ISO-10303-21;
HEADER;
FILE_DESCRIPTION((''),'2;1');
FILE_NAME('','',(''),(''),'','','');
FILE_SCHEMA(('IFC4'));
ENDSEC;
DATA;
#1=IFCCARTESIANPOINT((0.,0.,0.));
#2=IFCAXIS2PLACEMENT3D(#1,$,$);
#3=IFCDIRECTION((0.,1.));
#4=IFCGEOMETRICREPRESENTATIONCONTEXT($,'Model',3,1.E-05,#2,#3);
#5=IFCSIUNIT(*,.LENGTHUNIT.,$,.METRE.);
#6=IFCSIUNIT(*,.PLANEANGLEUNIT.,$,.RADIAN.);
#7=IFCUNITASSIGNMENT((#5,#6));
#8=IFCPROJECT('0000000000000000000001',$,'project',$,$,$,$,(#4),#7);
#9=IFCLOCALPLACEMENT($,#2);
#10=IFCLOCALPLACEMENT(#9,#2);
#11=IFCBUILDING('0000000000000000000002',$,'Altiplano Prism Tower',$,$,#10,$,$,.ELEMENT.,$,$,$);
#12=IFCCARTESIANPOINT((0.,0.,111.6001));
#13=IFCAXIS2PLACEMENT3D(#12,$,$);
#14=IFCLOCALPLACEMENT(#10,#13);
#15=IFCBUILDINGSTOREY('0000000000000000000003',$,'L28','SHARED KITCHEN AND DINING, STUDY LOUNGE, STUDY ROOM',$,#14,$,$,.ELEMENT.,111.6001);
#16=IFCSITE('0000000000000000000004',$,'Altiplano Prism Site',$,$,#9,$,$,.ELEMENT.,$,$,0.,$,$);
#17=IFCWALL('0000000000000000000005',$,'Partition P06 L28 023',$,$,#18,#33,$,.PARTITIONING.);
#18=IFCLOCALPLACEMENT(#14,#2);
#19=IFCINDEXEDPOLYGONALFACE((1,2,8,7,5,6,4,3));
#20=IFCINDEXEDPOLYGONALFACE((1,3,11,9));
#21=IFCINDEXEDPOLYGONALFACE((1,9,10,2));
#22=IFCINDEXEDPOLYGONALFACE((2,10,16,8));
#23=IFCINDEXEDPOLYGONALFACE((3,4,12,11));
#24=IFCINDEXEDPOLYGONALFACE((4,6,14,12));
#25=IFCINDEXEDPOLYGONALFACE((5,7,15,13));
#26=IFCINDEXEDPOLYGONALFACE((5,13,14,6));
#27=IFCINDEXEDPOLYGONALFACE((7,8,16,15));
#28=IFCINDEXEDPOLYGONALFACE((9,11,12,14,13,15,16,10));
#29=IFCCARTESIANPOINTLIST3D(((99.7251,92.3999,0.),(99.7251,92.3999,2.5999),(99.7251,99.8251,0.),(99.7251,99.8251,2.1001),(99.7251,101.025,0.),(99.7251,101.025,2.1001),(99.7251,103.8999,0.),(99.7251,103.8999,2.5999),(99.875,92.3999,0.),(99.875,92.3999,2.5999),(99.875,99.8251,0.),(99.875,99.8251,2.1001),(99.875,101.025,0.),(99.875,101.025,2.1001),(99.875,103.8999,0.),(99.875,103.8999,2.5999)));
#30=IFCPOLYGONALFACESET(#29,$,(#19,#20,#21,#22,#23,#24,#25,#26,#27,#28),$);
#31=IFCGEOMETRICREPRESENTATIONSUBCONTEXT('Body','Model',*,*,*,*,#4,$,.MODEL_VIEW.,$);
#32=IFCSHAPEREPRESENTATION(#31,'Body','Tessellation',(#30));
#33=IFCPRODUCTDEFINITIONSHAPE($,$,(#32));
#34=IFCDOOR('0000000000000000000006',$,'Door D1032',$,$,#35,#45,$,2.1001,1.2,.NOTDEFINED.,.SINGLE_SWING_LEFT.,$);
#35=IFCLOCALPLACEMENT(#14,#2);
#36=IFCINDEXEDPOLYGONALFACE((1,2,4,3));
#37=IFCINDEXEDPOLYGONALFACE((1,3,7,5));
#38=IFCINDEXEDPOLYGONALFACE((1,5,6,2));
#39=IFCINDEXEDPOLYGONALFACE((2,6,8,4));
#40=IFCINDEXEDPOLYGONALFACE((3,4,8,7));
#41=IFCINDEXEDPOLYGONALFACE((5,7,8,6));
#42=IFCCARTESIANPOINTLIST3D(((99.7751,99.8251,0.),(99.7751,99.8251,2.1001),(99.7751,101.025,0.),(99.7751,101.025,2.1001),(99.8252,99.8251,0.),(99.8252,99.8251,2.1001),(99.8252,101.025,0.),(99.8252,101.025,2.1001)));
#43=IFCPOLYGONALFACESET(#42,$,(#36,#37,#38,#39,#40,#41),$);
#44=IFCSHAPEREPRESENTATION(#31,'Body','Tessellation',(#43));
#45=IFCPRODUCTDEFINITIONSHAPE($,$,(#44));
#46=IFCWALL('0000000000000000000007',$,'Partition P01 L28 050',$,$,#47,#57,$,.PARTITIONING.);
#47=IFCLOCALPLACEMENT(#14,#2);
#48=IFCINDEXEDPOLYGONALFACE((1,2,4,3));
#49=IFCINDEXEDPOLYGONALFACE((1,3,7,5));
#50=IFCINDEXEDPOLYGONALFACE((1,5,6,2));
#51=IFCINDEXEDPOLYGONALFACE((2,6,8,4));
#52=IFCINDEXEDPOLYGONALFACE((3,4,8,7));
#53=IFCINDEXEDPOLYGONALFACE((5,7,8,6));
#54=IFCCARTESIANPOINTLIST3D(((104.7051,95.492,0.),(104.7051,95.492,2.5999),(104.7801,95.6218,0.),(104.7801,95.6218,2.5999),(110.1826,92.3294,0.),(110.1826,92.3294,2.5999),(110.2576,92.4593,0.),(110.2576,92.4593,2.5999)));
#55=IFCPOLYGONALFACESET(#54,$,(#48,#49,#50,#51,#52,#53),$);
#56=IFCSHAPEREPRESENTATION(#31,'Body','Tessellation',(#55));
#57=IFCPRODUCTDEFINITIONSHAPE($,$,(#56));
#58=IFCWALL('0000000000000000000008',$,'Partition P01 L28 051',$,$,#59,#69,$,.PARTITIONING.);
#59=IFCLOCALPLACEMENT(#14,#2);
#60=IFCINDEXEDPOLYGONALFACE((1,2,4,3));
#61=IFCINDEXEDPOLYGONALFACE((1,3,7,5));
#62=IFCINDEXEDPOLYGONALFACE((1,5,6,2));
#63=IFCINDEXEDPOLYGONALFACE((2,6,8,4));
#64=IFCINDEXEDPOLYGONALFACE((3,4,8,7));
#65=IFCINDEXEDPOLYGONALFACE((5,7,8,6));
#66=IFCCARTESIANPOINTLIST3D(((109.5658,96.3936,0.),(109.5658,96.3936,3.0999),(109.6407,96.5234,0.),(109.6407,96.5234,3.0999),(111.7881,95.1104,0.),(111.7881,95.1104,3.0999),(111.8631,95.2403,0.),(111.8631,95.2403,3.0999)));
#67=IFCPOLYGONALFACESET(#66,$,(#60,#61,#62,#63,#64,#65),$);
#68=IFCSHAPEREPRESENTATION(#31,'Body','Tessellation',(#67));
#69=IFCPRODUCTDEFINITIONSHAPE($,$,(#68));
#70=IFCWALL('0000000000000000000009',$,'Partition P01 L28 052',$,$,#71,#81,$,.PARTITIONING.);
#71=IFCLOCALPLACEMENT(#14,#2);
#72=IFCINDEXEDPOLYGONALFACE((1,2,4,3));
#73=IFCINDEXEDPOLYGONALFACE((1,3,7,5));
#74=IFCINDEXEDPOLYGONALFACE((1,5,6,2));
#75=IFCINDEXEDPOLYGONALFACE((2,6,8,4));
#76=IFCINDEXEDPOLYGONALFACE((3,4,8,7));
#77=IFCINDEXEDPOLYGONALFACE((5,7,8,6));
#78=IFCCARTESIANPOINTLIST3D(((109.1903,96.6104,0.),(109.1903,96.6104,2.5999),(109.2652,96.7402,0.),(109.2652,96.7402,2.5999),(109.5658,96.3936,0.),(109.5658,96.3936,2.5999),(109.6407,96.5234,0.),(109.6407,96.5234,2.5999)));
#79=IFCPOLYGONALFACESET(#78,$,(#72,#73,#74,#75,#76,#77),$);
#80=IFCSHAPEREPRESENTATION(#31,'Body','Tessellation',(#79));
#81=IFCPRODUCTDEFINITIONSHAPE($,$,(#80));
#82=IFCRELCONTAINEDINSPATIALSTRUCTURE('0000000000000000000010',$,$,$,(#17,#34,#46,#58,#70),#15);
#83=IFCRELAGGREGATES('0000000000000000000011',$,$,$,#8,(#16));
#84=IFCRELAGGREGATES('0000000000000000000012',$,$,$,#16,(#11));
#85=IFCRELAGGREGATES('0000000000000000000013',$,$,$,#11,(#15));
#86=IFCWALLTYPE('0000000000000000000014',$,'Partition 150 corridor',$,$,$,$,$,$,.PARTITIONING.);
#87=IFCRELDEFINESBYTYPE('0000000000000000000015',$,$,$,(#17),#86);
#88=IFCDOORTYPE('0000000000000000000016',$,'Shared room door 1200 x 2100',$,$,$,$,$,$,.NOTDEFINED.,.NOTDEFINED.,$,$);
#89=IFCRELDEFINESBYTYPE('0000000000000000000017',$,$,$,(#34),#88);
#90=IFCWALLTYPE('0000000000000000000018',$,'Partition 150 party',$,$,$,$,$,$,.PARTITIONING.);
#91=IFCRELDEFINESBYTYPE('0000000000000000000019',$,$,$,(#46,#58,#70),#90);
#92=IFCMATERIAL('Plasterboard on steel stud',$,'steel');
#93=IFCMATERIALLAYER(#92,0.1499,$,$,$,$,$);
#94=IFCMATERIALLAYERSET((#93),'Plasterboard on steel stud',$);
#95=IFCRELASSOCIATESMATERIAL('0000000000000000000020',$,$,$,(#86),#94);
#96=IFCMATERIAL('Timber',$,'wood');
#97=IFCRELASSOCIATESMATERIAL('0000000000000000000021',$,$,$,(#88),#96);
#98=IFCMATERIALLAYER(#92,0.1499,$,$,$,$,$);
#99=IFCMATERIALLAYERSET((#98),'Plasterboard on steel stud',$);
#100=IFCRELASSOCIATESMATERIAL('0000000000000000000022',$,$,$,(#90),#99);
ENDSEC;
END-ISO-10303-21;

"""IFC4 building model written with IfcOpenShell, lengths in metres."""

from ifc_helpers import new_model, si_unit, direction, frame, frame_2d, origin, place, context, subcontext, project, spatial, rectangle, extrude, material, layer, layer_set, type_object, element, fill, save


model = new_model("IFC4")

# Units and contexts
model_context = context("Model", 3, precision=1e-05, world=origin(), true_north=direction((0.0, 1.0)))
body_context = subcontext(model_context, "Body", "Model", "MODEL_VIEW")
ifc_project = project(units=[si_unit("LENGTHUNIT", "METRE"), si_unit("PLANEANGLEUNIT", "RADIAN")], contexts=[model_context])

# Site, building, storey
site_placement = place(None, origin())
site = spatial("IfcSite", under=ifc_project, at=site_placement, Name="Altiplano Prism Site", CompositionType="ELEMENT", RefElevation=0.0)
building_placement = place(site_placement, origin())
building = spatial("IfcBuilding", under=site, at=building_placement, Name="Altiplano Prism Tower", CompositionType="ELEMENT")
storey_placement = place(building_placement, frame((0.0, 0.0, 111.6001)))
storey = spatial("IfcBuildingStorey", under=building, at=storey_placement, Name="L28", Description="SHARED KITCHEN AND DINING, STUDY LOUNGE, STUDY ROOM", CompositionType="ELEMENT", Elevation=111.6001)

# Shared definitions
ifc_material_1 = material(Name="Plasterboard on steel stud", Category="steel")
ifc_layer_1 = layer(ifc_material_1, 0.1499)
ifc_layer_set_1 = layer_set([ifc_layer_1], Name="Plasterboard on steel stud")
wall_type_1 = type_object("IfcWallType", Name="Partition 150 corridor", PredefinedType="PARTITIONING", material=ifc_layer_set_1)

# Wall, opening, door
wall_1_placement = place(storey_placement, frame((99.8, 92.3999, 0.0), z_axis=(0.0, 0.0, 1.0), x_axis=(0.0, 1.0, 0.0)))
wall_1 = element("IfcWall", 1, at=wall_1_placement, inside=storey, type_object=wall_type_1, Name="Partition P06 L28 023", PredefinedType="PARTITIONING", context=body_context, shape_type="SweptSolid", body=[
    extrude(rectangle(XDim=11.5, YDim=0.1499, at=frame_2d((5.75, 0.0))), origin(), (0.0, 0.0, 1.0), 2.5999),
])
opening_placement = place(wall_1_placement, frame((7.425, 0.0, 0.0)))
opening = element("IfcOpeningElement", 2, at=opening_placement, cuts=wall_1, PredefinedType="OPENING", context=body_context, shape_type="SweptSolid", body=[
    extrude(rectangle(XDim=1.2, YDim=2.1001, at=frame_2d((0.6001, 1.05))), frame((0.0, 0.0854, 0.0), z_axis=(0.0, -1.0, 0.0), x_axis=(1.0, 0.0, 0.0)), (0.0, 0.0, 1.0), 0.1709),
])
ifc_material_2 = material(Name="Timber", Category="wood")
door_type = type_object("IfcDoorType", Name="Shared room door 1200 x 2100", OperationType="NOTDEFINED", PredefinedType="NOTDEFINED", material=ifc_material_2)
door_placement = place(opening_placement, origin())
door = element("IfcDoor", 3, at=door_placement, inside=storey, type_object=door_type, Name="Door D1032", OperationType="SINGLE_SWING_LEFT", OverallHeight=2.1001, OverallWidth=1.2, PredefinedType="NOTDEFINED", context=body_context, shape_type="SweptSolid", body=[
    extrude(rectangle(XDim=1.2, YDim=2.1001, at=frame_2d((0.6001, 1.05))), frame((0.0, 0.0249, 0.0), z_axis=(0.0, -1.0, 0.0), x_axis=(1.0, 0.0, 0.0)), (0.0, 0.0, 1.0), 0.05),
])
fill(opening, door)

# Walls
ifc_layer_2 = layer(ifc_material_1, 0.1499)
ifc_layer_set_2 = layer_set([ifc_layer_2], Name="Plasterboard on steel stud")
wall_type_2 = type_object("IfcWallType", Name="Partition 150 party", PredefinedType="PARTITIONING", material=ifc_layer_set_2)
wall_2_placement = place(storey_placement, frame((110.2202, 92.3943, 0.0), z_axis=(0.0, 0.0, 1.0), x_axis=(-0.866016, 0.500016, 0.0)))
element("IfcWall", 4, at=wall_2_placement, inside=storey, type_object=wall_type_2, Name="Partition P01 L28 050", PredefinedType="PARTITIONING", context=body_context, shape_type="SweptSolid", body=[
    extrude(rectangle(XDim=6.325, YDim=0.1499, at=frame_2d((3.1626, 0.0))), origin(), (0.0, 0.0, 1.0), 2.5999),
])
wall_3_placement = place(storey_placement, frame((111.8257, 95.1753, 0.0), z_axis=(0.0, 0.0, 1.0), x_axis=(-0.86601, 0.500027, 0.0)))
element("IfcWall", 5, at=wall_3_placement, inside=storey, type_object=wall_type_2, Name="Partition P01 L28 051", PredefinedType="PARTITIONING", context=body_context, shape_type="SweptSolid", body=[
    extrude(rectangle(XDim=2.5662, YDim=0.1499, at=frame_2d((1.2832, 0.0))), origin(), (0.0, 0.0, 1.0), 3.0999),
])
wall_4_placement = place(storey_placement, frame((109.6033, 96.4585, 0.0), z_axis=(0.0, 0.0, 1.0), x_axis=(-0.866017, 0.500015, 0.0)))
element("IfcWall", 6, at=wall_4_placement, inside=storey, type_object=wall_type_2, Name="Partition P01 L28 052", PredefinedType="PARTITIONING", context=body_context, shape_type="SweptSolid", body=[
    extrude(rectangle(XDim=0.4336, YDim=0.1499, at=frame_2d((0.2168, 0.0))), origin(), (0.0, 0.0, 1.0), 2.5999),
])

save(model, "model.ifc")
